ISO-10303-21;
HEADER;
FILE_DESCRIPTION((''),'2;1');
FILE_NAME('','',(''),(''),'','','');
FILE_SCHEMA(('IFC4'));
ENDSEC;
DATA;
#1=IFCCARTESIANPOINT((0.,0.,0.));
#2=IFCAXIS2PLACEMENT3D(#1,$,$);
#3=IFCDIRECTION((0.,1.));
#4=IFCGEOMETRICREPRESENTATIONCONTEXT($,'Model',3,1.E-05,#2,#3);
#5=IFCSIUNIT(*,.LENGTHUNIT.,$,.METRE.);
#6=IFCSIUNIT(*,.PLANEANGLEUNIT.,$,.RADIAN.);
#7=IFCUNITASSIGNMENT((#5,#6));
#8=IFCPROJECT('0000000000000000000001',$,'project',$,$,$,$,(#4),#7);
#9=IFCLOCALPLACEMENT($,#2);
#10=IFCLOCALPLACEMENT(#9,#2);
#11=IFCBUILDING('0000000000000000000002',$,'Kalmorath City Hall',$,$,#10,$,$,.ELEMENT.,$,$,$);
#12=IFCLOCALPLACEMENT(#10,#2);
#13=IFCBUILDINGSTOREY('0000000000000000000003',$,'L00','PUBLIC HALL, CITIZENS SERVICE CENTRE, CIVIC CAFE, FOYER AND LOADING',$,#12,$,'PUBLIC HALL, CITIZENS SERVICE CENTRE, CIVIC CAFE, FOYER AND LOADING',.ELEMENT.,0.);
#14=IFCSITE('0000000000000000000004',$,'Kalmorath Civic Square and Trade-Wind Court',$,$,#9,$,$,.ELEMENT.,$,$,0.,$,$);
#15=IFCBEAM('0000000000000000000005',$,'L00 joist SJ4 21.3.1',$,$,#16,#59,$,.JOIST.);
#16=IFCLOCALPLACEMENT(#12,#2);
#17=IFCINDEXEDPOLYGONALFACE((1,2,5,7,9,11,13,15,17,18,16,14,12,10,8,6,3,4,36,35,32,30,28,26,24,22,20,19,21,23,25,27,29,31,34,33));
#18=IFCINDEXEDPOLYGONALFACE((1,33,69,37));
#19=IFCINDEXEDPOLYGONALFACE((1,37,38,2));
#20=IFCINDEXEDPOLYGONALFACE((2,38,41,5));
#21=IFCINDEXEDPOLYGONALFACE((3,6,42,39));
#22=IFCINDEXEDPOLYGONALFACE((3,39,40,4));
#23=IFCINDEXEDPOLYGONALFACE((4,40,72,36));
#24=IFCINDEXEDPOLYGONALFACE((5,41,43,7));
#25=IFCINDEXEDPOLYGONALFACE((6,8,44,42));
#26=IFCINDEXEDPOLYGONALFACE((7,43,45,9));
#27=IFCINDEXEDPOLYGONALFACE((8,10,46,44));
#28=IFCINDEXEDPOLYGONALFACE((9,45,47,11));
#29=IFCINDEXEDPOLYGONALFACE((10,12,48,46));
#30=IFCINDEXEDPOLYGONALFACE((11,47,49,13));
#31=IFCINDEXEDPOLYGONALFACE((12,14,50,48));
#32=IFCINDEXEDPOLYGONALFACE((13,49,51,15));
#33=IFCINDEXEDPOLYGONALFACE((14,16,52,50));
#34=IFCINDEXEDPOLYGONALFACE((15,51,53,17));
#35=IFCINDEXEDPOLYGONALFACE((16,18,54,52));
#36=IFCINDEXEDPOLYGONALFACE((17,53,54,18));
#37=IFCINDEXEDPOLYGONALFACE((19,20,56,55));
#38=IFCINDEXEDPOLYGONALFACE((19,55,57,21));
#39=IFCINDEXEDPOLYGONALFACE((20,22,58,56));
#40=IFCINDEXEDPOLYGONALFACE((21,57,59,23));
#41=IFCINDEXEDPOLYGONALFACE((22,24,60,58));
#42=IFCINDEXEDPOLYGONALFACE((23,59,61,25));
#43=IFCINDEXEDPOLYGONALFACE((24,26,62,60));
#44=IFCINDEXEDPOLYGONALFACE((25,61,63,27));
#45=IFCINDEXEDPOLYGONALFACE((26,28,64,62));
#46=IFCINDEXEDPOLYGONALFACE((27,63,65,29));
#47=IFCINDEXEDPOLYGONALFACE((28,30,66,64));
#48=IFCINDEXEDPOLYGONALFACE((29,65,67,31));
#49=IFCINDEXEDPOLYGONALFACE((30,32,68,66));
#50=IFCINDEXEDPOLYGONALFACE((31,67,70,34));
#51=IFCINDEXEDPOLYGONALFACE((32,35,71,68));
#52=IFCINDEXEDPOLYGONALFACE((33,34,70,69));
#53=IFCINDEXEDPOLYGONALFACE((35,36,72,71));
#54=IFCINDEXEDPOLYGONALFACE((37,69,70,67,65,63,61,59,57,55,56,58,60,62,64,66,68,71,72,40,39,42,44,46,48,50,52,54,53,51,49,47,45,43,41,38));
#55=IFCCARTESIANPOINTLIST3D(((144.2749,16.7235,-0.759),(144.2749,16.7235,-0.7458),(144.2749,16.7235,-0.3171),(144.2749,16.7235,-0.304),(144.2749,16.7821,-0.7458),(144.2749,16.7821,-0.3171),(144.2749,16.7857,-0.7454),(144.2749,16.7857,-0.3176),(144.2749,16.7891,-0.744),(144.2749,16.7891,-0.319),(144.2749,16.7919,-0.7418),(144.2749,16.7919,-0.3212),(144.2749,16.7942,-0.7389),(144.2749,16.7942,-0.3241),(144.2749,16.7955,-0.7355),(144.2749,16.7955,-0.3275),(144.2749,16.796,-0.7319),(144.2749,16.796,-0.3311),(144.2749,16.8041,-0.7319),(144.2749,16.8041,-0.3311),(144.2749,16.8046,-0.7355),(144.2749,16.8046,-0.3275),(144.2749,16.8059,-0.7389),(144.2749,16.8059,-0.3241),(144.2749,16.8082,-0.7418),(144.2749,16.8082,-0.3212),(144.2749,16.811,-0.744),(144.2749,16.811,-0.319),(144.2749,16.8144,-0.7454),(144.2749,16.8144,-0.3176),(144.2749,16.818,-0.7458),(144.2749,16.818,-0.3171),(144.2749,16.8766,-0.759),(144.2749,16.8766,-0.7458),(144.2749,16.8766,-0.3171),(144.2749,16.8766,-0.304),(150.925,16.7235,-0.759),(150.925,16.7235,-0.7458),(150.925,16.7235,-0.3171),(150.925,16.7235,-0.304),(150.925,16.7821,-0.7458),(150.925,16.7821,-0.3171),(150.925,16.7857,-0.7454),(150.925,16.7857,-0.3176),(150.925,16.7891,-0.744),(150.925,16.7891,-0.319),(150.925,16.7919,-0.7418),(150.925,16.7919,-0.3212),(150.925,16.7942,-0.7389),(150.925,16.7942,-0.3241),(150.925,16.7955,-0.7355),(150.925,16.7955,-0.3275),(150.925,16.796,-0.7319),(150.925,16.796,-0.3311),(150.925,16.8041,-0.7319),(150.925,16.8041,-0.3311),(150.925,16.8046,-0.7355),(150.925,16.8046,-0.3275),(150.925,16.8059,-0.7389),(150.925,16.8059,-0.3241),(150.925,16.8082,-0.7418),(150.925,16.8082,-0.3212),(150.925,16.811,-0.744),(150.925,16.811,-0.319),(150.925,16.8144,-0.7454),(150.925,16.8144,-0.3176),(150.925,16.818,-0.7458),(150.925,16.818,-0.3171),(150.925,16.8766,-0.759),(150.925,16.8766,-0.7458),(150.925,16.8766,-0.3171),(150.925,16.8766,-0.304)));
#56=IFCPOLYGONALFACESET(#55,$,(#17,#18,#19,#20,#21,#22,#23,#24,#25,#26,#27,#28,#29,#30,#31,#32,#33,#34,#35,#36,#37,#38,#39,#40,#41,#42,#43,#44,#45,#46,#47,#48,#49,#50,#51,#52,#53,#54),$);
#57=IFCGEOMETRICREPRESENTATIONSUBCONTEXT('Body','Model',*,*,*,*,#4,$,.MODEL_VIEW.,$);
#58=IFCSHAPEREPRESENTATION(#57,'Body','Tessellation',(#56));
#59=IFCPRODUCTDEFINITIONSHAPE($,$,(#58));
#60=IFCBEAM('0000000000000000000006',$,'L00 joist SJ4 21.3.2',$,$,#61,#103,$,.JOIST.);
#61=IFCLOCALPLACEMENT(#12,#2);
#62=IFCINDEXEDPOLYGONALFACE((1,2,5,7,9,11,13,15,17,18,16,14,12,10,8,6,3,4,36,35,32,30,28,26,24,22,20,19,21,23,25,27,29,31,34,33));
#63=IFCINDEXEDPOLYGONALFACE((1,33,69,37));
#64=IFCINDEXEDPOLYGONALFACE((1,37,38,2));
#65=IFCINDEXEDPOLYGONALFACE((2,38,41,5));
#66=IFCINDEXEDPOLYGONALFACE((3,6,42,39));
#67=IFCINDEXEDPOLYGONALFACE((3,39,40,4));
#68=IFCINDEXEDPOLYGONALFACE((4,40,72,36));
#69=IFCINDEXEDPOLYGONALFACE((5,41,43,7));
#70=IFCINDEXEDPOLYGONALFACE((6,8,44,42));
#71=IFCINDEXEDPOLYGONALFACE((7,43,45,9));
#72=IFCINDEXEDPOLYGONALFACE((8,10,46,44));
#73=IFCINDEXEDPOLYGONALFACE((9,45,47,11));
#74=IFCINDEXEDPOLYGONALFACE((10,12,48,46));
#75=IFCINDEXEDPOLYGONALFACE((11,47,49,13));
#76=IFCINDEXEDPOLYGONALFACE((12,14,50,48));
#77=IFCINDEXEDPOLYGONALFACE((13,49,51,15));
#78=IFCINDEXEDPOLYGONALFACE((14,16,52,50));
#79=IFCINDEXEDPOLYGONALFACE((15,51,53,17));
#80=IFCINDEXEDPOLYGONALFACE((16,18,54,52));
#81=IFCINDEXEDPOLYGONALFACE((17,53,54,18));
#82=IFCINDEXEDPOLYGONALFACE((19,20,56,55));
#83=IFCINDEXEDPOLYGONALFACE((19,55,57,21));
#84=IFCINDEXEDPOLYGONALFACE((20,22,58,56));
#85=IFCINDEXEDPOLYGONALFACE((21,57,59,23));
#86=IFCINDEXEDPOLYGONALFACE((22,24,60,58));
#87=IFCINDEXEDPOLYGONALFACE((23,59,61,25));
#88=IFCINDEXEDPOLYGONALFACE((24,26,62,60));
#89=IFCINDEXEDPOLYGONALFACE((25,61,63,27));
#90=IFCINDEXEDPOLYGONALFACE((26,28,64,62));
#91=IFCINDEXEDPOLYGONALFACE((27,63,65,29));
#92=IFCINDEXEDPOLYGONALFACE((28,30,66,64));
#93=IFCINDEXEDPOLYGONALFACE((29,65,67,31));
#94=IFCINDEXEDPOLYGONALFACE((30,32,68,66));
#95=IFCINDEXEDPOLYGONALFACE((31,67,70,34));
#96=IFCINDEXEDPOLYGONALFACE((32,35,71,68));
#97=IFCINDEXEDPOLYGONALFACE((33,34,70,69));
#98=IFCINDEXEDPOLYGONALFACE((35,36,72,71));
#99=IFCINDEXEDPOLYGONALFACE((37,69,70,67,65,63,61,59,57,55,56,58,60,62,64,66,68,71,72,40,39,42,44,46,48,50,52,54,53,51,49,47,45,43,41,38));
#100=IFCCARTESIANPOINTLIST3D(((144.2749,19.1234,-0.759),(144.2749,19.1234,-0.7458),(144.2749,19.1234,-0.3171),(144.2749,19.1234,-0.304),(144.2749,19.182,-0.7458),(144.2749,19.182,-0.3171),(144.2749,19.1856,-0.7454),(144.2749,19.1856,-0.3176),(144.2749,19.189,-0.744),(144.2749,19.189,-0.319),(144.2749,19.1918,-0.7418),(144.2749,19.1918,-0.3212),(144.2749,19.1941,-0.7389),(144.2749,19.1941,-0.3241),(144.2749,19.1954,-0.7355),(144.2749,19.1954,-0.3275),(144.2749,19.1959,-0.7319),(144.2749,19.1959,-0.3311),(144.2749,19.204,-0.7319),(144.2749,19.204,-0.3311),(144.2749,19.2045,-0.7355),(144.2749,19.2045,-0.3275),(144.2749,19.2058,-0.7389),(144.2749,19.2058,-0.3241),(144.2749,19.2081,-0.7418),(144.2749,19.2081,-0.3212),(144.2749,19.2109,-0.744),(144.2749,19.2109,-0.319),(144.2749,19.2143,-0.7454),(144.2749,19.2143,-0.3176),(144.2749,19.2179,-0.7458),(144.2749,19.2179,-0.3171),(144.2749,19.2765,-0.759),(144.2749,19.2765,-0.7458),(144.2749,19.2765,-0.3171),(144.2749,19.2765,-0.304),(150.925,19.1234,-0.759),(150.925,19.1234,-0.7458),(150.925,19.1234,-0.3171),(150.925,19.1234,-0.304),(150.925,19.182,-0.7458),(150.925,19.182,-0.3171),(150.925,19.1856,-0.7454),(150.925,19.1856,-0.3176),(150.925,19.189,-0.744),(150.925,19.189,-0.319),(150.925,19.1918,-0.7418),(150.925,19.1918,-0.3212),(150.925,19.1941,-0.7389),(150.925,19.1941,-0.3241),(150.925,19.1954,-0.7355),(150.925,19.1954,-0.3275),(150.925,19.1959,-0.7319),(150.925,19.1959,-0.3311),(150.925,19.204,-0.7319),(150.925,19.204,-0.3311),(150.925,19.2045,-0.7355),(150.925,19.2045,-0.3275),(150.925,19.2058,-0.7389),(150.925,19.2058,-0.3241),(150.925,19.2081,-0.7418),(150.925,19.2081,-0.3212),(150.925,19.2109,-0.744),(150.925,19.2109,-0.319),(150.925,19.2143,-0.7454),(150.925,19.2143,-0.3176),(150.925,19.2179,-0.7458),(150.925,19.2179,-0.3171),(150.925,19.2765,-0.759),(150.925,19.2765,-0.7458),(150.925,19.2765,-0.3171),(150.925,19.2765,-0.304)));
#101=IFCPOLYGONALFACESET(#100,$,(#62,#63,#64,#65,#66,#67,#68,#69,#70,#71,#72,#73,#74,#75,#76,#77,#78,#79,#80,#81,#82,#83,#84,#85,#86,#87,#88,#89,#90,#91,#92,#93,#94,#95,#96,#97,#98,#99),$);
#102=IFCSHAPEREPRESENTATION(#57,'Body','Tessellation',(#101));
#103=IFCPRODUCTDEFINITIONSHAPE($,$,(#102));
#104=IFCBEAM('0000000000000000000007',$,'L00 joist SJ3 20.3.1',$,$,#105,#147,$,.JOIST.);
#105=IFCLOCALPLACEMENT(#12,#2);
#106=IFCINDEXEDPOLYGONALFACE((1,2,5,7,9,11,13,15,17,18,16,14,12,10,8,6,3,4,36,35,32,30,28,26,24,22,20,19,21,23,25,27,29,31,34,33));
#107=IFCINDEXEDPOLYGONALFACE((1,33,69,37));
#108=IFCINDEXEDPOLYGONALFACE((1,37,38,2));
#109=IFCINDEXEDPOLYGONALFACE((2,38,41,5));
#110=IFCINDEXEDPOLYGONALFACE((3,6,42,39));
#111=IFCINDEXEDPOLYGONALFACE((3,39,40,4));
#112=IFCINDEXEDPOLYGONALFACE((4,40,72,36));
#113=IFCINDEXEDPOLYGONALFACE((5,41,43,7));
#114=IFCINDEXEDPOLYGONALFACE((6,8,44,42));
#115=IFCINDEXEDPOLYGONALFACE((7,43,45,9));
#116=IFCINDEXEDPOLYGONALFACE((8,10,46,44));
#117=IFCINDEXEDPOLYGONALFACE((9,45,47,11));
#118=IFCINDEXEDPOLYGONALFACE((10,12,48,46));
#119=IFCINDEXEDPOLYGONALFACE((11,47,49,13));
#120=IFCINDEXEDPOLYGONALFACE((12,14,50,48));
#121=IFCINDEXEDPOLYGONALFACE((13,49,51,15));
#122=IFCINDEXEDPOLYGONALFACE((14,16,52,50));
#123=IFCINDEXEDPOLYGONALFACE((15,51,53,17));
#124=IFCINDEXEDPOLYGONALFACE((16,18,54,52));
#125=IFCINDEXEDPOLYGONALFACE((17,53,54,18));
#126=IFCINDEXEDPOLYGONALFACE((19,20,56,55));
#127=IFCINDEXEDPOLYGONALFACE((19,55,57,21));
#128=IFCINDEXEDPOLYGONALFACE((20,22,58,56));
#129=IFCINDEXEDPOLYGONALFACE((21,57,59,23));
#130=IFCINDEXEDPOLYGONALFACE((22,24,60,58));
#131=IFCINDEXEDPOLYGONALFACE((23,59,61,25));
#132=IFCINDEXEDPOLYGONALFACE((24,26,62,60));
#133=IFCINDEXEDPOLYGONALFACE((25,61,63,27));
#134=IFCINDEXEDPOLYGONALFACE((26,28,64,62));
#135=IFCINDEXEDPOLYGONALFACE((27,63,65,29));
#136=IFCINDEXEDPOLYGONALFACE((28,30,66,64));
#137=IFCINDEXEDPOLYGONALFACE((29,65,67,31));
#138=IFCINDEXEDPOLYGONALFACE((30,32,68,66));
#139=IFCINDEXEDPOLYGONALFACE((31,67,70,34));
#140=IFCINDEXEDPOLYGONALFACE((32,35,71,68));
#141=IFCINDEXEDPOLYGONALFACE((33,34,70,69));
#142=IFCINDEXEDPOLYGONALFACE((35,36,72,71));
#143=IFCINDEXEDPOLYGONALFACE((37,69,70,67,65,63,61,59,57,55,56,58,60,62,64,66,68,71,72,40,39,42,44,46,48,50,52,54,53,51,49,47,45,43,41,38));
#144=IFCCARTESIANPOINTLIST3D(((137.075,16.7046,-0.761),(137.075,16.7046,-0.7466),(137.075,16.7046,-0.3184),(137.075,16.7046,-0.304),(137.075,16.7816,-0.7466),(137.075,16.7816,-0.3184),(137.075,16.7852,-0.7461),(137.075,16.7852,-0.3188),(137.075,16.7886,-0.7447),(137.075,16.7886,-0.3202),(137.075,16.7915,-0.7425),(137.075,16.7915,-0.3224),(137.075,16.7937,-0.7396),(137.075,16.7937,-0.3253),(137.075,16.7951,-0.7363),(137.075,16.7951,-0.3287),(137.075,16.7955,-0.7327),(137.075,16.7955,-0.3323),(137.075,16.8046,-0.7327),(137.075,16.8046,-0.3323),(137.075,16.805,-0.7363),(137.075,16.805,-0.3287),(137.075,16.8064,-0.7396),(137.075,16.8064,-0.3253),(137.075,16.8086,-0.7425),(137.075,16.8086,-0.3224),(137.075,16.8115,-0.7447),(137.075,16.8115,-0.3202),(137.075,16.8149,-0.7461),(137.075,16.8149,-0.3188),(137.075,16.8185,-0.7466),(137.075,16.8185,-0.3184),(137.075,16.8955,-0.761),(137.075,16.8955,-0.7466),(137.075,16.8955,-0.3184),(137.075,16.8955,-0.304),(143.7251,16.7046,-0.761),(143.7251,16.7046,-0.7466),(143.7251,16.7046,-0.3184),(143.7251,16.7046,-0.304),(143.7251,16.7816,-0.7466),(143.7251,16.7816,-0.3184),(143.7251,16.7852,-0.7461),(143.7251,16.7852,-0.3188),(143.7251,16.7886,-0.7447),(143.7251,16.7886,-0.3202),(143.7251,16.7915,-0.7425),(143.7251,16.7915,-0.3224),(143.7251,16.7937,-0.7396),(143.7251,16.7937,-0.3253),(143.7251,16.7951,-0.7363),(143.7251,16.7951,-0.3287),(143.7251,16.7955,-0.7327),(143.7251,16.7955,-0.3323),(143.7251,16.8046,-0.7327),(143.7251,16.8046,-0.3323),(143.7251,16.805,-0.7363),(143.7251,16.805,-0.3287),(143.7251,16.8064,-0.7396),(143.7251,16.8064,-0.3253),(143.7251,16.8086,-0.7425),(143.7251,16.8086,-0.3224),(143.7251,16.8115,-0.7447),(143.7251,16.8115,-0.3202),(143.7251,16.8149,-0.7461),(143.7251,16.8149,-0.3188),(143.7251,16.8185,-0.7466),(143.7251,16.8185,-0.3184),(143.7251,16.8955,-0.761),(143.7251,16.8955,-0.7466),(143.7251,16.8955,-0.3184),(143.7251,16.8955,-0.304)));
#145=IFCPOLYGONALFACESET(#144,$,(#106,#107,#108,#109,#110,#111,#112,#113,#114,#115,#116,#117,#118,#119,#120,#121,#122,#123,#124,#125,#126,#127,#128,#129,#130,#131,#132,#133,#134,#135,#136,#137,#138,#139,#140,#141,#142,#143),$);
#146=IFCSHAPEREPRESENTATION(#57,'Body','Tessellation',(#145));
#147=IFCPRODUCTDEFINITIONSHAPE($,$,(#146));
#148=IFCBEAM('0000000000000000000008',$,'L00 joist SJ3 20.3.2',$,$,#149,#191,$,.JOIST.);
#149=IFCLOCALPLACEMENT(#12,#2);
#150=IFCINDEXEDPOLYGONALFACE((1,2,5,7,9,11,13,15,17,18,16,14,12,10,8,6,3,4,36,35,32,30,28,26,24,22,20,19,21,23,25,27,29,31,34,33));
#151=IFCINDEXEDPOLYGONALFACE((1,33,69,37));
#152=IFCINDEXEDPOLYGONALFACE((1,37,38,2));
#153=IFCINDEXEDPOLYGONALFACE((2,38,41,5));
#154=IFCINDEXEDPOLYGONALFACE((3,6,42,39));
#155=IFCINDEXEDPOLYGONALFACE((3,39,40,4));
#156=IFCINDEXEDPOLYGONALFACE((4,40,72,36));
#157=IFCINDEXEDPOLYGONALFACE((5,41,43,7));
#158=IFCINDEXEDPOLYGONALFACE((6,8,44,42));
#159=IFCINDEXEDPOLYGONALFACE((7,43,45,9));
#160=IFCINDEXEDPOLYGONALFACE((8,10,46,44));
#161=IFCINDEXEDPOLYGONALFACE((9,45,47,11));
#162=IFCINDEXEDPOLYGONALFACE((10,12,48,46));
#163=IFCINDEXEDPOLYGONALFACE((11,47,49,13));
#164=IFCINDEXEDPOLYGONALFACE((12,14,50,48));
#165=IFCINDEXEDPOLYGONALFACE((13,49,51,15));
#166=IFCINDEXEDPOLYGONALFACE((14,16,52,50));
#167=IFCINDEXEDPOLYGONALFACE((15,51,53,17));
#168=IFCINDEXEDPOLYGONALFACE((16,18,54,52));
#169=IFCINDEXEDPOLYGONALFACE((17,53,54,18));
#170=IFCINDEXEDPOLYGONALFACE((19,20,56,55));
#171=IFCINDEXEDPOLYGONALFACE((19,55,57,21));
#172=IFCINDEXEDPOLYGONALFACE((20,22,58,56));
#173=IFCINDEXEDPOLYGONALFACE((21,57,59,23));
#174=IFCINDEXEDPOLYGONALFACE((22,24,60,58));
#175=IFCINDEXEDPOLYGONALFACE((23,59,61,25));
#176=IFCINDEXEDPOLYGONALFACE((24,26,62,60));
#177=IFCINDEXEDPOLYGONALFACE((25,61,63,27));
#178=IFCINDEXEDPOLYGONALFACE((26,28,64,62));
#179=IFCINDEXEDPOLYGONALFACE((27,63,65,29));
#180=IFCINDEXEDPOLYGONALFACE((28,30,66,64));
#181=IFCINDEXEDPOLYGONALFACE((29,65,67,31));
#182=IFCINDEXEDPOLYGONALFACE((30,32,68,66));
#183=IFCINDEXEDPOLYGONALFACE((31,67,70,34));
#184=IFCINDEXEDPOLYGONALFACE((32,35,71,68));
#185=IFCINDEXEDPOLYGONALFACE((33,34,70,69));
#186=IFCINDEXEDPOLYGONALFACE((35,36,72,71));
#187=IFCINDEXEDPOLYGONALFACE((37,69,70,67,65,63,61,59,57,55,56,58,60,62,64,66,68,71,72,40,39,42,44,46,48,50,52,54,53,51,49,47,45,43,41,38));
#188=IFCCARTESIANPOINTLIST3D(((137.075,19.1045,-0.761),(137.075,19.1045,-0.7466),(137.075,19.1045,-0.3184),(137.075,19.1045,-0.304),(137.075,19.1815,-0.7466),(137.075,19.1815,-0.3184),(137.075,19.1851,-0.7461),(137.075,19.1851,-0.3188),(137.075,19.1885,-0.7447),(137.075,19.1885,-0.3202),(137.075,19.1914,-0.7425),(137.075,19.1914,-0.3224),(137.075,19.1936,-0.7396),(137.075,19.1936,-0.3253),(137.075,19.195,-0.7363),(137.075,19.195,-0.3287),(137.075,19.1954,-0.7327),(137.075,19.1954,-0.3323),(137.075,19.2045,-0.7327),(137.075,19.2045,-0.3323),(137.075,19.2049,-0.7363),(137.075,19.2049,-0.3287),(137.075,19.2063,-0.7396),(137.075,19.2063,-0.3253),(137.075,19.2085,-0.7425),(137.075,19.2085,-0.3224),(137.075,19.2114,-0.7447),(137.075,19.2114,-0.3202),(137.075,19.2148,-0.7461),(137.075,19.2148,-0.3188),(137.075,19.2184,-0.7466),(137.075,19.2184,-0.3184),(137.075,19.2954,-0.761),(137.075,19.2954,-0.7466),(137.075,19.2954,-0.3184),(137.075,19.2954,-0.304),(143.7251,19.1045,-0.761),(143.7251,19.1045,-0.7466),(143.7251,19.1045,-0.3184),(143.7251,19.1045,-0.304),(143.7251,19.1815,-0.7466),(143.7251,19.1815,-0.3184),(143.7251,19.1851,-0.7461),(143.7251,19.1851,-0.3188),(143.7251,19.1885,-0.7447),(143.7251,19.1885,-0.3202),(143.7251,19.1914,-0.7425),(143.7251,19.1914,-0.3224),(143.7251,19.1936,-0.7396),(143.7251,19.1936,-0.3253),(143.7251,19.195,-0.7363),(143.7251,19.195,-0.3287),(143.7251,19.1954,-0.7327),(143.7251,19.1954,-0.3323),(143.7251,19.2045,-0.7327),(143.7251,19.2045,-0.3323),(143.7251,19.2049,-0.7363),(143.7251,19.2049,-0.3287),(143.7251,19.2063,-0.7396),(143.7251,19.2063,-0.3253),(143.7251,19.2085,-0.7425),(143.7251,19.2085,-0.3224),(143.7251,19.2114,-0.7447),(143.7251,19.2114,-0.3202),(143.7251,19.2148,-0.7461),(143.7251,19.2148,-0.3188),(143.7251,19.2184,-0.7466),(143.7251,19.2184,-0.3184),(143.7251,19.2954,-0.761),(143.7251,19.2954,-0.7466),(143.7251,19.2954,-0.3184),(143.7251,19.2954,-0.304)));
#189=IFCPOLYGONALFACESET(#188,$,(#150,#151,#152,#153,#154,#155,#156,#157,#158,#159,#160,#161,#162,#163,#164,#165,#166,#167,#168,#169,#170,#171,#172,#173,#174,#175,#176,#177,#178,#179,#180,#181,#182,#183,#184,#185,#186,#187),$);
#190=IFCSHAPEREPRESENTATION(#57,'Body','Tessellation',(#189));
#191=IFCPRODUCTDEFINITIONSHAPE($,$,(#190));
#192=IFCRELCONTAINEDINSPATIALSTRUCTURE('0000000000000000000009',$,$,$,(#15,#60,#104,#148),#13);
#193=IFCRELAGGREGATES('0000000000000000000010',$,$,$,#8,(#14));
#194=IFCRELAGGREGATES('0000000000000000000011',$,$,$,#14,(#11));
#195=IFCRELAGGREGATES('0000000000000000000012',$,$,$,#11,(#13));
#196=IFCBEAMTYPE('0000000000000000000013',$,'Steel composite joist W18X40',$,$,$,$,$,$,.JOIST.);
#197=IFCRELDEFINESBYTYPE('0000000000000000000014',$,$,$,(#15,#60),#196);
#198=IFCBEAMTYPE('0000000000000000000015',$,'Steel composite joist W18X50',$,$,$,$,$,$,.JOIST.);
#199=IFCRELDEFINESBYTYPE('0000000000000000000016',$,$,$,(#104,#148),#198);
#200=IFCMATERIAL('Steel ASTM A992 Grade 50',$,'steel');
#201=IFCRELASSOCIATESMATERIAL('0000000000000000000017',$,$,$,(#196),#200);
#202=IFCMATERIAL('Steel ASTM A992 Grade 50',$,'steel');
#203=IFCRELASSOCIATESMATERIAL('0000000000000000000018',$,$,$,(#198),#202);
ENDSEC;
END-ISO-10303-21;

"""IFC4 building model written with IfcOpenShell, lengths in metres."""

from ifc_helpers import new_model, si_unit, direction, frame, origin, origin_2d, place, context, subcontext, project, spatial, i_section, extrude, material, material_profile, profile_set, type_object, element, save


model = new_model("IFC4")

# Units and contexts
model_context = context("Model", 3, precision=1e-05, world=origin(), true_north=direction((0.0, 1.0)))
body_context = subcontext(model_context, "Body", "Model", "MODEL_VIEW")
ifc_project = project(units=[si_unit("LENGTHUNIT", "METRE"), si_unit("PLANEANGLEUNIT", "RADIAN")], contexts=[model_context])

# Site, building, storey
site_placement = place(None, origin())
site = spatial("IfcSite", under=ifc_project, at=site_placement, Name="Kalmorath Civic Square and Trade-Wind Court", CompositionType="ELEMENT", RefElevation=0.0)
building_placement = place(site_placement, origin())
building = spatial("IfcBuilding", under=site, at=building_placement, Name="Kalmorath City Hall", CompositionType="ELEMENT")
storey_placement = place(building_placement, origin())
storey = spatial("IfcBuildingStorey", under=building, at=storey_placement, Name="L00", Description="PUBLIC HALL, CITIZENS SERVICE CENTRE, CIVIC CAFE, FOYER AND LOADING", LongName="PUBLIC HALL, CITIZENS SERVICE CENTRE, CIVIC CAFE, FOYER AND LOADING", CompositionType="ELEMENT", Elevation=0.0)

# Beams
ifc_material_1 = material(Name="Steel ASTM A992 Grade 50", Category="steel")
ifc_material_profile_1 = material_profile(ifc_material_1, i_section(OverallWidth=0.1531, OverallDepth=0.4551, WebThickness=0.0081, FlangeThickness=0.0132, FilletRadius=0.0139, at=origin_2d()), Name="W18X40")
ifc_profile_set_1 = profile_set([ifc_material_profile_1], Name="Steel ASTM A992 Grade 50")
beam_type_1 = type_object("IfcBeamType", Name="Steel composite joist W18X40", PredefinedType="JOIST", material=ifc_profile_set_1)
for number, where, z_axis, x_axis, name in (
    (1, (144.2749, 16.8, -0.5315), (1.0, 0.0, 0.0), (0.0, 1.0, 0.0), "L00 joist SJ4 21.3.1"),
    (2, (144.2749, 19.2, -0.5315), (1.0, 0.0, 0.0), (0.0, 1.0, 0.0), "L00 joist SJ4 21.3.2"),
):
    element("IfcBeam", number, at=place(storey_placement, frame(where, z_axis=z_axis, x_axis=x_axis)), inside=storey, type_object=beam_type_1, Name=name, PredefinedType="JOIST", context=body_context, shape_type="SweptSolid", body=[
        extrude(i_section(OverallWidth=0.1531, OverallDepth=0.4551, WebThickness=0.0081, FlangeThickness=0.0132, FilletRadius=0.0139, at=origin_2d()), origin(), (0.0, 0.0, 1.0), 6.6501),
    ])
ifc_material_2 = material(Name="Steel ASTM A992 Grade 50", Category="steel")
ifc_material_profile_2 = material_profile(ifc_material_2, i_section(OverallWidth=0.1909, OverallDepth=0.457, WebThickness=0.009, FlangeThickness=0.0144, FilletRadius=0.0139, at=origin_2d()), Name="W18X50")
ifc_profile_set_2 = profile_set([ifc_material_profile_2], Name="Steel ASTM A992 Grade 50")
beam_type_2 = type_object("IfcBeamType", Name="Steel composite joist W18X50", PredefinedType="JOIST", material=ifc_profile_set_2)
for number, where, z_axis, x_axis, name in (
    (3, (137.075, 16.8, -0.5325), (1.0, 0.0, 0.0), (0.0, 1.0, 0.0), "L00 joist SJ3 20.3.1"),
    (4, (137.075, 19.2, -0.5325), (1.0, 0.0, 0.0), (0.0, 1.0, 0.0), "L00 joist SJ3 20.3.2"),
):
    element("IfcBeam", number, at=place(storey_placement, frame(where, z_axis=z_axis, x_axis=x_axis)), inside=storey, type_object=beam_type_2, Name=name, PredefinedType="JOIST", context=body_context, shape_type="SweptSolid", body=[
        extrude(i_section(OverallWidth=0.1909, OverallDepth=0.457, WebThickness=0.009, FlangeThickness=0.0144, FilletRadius=0.0139, at=origin_2d()), origin(), (0.0, 0.0, 1.0), 6.6501),
    ])

save(model, "model.ifc")
